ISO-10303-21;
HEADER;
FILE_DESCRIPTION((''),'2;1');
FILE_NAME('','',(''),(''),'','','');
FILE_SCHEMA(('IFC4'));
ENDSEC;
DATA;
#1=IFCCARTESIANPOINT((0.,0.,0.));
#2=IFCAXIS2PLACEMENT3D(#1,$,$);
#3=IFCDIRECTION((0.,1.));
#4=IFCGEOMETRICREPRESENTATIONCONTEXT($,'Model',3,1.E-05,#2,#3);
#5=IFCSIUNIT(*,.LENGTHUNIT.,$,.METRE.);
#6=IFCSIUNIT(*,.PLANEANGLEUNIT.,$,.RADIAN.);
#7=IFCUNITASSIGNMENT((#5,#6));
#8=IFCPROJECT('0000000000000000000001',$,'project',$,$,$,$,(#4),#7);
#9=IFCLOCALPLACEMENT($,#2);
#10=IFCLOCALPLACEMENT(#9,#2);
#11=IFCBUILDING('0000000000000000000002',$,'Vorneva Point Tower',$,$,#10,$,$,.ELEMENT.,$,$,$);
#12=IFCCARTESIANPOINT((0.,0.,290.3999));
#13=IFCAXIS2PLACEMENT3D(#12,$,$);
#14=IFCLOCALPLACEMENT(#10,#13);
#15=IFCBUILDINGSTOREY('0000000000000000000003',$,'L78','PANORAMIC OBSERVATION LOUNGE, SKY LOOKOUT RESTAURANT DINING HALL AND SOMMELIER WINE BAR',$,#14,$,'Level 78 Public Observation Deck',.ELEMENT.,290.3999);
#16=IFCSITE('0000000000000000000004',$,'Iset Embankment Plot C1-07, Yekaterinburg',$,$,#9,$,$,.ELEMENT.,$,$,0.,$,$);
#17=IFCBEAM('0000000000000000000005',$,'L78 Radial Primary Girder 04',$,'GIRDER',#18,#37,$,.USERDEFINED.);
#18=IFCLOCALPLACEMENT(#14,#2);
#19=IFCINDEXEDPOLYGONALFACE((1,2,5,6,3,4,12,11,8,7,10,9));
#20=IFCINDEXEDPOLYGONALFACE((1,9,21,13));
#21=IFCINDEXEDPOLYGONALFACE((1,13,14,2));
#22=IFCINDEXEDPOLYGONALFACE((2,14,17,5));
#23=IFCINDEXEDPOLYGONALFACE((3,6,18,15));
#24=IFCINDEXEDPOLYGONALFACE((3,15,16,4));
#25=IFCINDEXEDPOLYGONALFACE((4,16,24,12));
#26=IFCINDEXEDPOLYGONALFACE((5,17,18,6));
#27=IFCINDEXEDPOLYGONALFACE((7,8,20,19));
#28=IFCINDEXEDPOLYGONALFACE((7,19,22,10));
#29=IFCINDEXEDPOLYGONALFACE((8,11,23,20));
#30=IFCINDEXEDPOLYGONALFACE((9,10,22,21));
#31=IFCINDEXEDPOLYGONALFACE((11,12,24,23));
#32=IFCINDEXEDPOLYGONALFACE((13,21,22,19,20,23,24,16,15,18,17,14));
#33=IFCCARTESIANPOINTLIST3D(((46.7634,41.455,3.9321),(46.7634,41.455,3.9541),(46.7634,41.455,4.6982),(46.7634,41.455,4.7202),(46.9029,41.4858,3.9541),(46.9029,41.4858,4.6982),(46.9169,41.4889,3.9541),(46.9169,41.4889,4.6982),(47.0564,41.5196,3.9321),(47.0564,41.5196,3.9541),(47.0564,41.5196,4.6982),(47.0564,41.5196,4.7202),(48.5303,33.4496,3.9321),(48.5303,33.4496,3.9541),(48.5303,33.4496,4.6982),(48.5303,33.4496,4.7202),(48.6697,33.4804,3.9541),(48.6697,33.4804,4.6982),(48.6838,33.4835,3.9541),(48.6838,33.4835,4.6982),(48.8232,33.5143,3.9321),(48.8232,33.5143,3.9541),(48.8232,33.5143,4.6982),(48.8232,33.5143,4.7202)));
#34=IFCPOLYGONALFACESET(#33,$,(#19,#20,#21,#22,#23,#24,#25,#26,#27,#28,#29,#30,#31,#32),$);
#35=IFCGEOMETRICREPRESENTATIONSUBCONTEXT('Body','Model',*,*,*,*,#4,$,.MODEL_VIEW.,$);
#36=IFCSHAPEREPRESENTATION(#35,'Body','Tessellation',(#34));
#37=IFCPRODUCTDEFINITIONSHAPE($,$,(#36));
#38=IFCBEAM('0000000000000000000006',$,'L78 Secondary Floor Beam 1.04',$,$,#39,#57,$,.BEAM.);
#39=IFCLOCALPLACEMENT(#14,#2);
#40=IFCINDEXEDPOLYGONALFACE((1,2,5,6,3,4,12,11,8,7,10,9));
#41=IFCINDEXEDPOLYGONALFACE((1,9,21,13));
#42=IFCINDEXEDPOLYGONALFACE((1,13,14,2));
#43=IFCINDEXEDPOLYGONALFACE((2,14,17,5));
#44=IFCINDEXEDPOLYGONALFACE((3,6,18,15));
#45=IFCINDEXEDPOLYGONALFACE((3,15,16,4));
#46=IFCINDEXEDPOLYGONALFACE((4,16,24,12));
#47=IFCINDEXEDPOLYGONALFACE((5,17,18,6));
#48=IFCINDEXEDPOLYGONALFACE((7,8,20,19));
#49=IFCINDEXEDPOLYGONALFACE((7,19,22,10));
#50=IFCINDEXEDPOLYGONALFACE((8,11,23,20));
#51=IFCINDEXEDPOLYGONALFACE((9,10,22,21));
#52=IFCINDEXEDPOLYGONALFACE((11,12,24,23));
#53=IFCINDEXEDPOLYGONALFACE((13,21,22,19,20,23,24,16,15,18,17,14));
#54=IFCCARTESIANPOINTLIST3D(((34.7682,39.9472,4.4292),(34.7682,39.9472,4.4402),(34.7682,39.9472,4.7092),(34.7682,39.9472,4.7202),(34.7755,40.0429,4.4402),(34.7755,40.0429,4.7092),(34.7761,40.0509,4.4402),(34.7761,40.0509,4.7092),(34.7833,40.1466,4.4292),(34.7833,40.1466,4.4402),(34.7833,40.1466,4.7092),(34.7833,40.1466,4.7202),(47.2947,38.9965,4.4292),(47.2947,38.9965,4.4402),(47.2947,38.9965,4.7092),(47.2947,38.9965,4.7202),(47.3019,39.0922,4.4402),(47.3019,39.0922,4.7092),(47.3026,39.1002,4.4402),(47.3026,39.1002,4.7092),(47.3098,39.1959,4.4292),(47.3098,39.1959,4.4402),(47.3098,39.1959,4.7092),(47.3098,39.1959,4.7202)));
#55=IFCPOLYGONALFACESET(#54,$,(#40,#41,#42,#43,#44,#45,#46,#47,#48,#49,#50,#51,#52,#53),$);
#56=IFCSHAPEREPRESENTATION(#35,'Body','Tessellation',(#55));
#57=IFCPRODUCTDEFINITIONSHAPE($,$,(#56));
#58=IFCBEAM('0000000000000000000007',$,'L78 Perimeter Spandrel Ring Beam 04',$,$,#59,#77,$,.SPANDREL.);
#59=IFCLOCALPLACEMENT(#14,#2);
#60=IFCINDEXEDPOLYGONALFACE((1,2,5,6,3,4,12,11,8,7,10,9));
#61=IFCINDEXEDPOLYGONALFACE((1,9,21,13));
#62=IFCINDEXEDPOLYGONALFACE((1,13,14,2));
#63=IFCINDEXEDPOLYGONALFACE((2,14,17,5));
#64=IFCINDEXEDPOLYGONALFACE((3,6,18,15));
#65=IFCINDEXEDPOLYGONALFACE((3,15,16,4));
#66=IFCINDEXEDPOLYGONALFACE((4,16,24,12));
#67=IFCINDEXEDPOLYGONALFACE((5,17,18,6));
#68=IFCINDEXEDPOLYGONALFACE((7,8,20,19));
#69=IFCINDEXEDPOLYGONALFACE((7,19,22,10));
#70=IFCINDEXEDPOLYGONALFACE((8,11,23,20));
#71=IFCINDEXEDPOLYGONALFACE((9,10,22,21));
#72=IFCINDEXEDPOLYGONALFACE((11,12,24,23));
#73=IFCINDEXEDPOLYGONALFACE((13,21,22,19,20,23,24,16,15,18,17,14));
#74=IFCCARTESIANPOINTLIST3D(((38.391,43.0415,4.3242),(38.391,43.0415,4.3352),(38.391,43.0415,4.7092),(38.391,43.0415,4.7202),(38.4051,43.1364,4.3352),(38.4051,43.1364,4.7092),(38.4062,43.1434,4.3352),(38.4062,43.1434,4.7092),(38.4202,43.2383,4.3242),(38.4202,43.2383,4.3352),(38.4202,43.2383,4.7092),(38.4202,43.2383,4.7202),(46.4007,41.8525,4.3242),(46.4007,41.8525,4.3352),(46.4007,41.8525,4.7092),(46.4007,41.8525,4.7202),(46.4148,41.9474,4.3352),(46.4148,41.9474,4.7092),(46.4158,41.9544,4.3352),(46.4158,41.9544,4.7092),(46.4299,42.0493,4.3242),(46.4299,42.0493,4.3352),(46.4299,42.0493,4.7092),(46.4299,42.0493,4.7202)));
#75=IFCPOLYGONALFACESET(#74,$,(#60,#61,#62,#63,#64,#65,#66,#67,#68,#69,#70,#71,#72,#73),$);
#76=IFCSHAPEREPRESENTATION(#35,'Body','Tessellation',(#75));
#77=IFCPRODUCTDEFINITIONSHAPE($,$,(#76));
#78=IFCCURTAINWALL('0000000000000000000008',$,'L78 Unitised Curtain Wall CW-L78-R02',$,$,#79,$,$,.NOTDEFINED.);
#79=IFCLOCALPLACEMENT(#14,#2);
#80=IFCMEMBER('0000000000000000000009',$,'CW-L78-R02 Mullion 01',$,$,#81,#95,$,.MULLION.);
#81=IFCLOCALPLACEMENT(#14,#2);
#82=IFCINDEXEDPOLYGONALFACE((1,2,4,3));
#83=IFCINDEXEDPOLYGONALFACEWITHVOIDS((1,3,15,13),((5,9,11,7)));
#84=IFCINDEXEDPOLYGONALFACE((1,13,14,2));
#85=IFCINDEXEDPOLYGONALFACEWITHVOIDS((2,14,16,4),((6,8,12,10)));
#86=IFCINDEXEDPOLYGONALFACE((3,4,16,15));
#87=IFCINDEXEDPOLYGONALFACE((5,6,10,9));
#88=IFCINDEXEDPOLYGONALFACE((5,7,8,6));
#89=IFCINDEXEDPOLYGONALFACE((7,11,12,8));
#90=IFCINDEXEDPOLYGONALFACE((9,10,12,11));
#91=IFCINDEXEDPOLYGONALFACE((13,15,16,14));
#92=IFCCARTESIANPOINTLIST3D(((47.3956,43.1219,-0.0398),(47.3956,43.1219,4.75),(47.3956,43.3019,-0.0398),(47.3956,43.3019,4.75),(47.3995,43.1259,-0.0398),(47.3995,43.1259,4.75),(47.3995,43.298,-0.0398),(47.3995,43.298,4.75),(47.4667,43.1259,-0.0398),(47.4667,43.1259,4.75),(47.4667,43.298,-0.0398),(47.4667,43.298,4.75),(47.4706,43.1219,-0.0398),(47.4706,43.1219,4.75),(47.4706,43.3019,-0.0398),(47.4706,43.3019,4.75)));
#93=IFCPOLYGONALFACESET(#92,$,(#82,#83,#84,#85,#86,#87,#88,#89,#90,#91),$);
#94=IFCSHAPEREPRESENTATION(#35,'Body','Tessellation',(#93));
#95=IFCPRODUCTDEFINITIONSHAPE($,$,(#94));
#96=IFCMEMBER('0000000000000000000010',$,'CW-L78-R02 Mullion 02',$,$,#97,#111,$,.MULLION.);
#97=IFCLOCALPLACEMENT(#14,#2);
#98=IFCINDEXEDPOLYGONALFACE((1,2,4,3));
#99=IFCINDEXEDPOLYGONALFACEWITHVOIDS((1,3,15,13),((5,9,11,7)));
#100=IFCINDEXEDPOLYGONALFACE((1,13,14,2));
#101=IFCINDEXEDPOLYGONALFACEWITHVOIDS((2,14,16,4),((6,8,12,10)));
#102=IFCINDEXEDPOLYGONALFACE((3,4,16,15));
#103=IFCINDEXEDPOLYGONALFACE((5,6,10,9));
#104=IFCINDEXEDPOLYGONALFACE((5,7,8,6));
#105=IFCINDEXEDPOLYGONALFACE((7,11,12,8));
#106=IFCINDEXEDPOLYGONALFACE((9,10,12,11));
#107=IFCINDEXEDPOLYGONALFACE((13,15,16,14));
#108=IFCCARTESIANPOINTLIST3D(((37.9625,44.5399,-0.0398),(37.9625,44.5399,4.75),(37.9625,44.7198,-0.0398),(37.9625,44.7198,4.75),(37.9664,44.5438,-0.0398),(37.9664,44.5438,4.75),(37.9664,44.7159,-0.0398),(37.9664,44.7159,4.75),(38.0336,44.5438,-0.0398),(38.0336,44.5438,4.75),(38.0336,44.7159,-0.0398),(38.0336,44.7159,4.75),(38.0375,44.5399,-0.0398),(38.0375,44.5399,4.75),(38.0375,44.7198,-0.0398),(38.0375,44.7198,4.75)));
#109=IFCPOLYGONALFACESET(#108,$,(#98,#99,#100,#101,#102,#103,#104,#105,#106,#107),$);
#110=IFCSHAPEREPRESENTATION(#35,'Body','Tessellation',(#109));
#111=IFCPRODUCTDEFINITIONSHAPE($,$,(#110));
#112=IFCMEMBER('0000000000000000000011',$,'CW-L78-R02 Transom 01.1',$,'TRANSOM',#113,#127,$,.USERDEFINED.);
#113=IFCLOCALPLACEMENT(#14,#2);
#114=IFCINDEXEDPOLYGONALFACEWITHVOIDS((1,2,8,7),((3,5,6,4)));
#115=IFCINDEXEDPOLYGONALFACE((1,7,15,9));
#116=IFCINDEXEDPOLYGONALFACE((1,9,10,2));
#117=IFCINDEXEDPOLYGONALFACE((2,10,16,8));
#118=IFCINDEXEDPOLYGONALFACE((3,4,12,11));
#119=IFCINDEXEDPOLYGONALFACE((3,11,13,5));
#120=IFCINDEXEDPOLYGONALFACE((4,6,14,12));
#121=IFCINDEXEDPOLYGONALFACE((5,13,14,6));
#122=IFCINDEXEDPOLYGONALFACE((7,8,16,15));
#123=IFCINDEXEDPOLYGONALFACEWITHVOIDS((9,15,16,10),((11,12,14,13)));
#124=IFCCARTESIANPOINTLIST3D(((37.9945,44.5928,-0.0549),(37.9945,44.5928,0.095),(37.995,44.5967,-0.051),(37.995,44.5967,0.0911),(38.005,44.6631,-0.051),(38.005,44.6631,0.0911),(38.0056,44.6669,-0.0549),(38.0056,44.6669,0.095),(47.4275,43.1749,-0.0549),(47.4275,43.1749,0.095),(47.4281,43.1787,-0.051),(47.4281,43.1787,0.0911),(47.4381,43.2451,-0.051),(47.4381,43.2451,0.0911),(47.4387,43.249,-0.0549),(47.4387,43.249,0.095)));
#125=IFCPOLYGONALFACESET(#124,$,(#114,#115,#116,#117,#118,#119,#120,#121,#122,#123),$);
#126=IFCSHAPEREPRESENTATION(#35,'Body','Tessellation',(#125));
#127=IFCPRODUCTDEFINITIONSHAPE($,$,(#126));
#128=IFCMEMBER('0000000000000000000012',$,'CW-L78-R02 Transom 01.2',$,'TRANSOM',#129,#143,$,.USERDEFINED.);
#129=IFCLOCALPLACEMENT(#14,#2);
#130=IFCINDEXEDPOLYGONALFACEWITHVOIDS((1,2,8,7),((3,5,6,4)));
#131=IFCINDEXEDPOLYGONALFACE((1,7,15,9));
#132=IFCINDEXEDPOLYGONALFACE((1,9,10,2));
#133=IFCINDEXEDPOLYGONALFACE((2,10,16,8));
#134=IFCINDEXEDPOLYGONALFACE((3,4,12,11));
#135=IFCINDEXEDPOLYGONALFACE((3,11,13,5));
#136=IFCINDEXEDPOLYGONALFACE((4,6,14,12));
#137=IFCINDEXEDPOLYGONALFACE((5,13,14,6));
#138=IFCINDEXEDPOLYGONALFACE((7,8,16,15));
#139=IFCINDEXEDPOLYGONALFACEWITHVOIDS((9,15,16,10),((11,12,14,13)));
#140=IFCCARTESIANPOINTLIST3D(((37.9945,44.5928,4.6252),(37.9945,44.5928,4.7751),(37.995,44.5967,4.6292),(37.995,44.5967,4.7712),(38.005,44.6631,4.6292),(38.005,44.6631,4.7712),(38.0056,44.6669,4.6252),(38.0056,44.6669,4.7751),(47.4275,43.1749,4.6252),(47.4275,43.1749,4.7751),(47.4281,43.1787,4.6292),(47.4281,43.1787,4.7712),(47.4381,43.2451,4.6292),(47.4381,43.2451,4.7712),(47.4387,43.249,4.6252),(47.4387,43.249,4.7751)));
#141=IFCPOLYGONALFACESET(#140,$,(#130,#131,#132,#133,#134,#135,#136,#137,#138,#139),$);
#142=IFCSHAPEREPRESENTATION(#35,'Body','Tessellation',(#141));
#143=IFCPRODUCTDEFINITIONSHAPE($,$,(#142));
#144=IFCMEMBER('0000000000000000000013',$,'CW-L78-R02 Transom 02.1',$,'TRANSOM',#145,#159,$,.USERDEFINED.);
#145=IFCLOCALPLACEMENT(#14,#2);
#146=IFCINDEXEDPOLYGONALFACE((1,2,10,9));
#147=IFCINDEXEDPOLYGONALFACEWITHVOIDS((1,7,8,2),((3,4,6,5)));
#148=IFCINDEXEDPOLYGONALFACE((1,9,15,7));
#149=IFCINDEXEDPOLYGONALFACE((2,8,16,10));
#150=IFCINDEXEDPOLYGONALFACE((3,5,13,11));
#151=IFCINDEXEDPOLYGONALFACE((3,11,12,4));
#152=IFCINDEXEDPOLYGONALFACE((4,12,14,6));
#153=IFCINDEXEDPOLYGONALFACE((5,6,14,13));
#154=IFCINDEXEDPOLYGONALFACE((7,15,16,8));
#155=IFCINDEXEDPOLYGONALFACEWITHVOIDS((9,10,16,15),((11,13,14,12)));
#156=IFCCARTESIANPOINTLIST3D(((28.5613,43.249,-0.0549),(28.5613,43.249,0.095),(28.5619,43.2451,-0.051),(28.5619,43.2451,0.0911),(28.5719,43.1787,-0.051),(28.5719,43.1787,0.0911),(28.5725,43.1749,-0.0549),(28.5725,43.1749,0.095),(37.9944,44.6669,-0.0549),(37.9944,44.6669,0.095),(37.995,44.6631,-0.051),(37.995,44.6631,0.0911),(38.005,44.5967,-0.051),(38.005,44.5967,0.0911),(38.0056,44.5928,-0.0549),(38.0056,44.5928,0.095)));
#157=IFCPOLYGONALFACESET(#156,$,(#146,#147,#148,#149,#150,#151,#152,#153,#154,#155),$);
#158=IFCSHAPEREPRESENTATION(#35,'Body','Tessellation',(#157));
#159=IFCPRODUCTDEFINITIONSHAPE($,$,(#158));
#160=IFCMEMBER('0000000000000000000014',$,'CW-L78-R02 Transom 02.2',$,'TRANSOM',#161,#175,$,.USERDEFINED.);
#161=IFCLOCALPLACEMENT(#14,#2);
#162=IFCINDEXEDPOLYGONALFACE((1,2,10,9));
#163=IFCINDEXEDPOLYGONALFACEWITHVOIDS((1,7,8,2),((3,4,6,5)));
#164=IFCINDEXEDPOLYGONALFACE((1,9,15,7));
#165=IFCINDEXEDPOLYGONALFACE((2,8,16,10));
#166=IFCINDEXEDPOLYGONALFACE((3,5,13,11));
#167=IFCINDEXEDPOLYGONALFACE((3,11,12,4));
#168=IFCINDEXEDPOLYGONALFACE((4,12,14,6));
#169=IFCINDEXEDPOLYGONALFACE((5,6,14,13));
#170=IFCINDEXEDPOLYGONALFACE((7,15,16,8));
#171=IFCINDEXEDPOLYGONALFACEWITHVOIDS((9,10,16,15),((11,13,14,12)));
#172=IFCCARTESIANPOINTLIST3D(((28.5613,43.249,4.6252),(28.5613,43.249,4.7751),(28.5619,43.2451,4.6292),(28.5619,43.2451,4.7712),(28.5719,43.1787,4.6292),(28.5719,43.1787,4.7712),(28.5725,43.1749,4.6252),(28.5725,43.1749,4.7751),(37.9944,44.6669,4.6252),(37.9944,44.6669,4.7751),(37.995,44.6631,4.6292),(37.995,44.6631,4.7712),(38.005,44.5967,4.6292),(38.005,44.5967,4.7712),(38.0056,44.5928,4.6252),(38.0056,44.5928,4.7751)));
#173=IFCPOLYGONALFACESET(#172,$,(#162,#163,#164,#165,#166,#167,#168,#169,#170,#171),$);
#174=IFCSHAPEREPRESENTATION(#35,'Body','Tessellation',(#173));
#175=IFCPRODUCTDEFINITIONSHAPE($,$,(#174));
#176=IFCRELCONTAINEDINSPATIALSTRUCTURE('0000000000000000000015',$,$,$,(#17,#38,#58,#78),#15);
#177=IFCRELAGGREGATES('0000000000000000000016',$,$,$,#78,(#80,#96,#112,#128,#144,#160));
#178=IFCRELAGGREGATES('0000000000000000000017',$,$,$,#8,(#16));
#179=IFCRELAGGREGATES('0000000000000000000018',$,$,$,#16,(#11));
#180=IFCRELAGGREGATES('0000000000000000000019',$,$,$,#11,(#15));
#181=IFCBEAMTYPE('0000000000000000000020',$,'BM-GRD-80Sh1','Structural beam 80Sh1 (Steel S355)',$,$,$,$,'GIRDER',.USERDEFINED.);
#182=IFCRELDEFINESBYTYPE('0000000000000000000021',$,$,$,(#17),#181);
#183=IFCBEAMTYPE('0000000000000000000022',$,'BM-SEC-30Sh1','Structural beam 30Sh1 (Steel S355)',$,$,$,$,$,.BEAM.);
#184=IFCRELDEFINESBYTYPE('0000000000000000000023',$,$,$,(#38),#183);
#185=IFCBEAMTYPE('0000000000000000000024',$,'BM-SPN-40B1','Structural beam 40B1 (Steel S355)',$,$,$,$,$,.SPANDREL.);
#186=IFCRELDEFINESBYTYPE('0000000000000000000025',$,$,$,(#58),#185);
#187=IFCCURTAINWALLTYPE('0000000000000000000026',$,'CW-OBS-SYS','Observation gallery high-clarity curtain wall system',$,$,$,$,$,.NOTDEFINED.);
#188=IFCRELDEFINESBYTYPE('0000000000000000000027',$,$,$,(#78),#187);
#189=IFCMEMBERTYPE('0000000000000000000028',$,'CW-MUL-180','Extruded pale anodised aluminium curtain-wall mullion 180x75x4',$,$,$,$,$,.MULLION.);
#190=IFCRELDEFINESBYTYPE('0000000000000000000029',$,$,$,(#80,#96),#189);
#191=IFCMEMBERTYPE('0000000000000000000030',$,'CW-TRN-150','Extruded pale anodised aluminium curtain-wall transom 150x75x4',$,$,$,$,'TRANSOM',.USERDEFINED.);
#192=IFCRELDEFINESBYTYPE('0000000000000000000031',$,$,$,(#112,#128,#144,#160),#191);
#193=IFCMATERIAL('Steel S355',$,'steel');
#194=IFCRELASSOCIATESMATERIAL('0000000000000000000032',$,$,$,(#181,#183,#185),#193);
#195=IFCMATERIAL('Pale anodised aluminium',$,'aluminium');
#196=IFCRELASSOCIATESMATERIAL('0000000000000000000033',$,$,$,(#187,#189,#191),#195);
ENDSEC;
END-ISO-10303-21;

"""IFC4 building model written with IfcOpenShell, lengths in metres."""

from ifc_helpers import new_model, si_unit, direction, frame, origin, origin_2d, place, context, subcontext, project, spatial, hollow_rectangle, i_section, extrude, material, material_profile, profile_set, type_object, element, aggregate, save


model = new_model("IFC4")

# Units and contexts
model_context = context("Model", 3, precision=1e-05, world=origin(), true_north=direction((0.0, 1.0)))
body_context = subcontext(model_context, "Body", "Model", "MODEL_VIEW")
ifc_project = project(units=[si_unit("LENGTHUNIT", "METRE"), si_unit("PLANEANGLEUNIT", "RADIAN")], contexts=[model_context])

# Site, building, storey
site_placement = place(None, origin())
site = spatial("IfcSite", under=ifc_project, at=site_placement, Name="Iset Embankment Plot C1-07, Yekaterinburg", CompositionType="ELEMENT", RefElevation=0.0)
building_placement = place(site_placement, origin())
building = spatial("IfcBuilding", under=site, at=building_placement, Name="Vorneva Point Tower", CompositionType="ELEMENT")
storey_placement = place(building_placement, frame((0.0, 0.0, 290.3999)))
storey = spatial("IfcBuildingStorey", under=building, at=storey_placement, Name="L78", Description="PANORAMIC OBSERVATION LOUNGE, SKY LOOKOUT RESTAURANT DINING HALL AND SOMMELIER WINE BAR", LongName="Level 78 Public Observation Deck", CompositionType="ELEMENT", Elevation=290.3999)

# Beams
ifc_material_1 = material(Name="Steel S355", Category="steel")
ifc_material_profile_1 = material_profile(ifc_material_1, i_section(OverallWidth=0.3, OverallDepth=0.7881, WebThickness=0.0144, FlangeThickness=0.022, at=origin_2d()), Name="80Sh1")
ifc_profile_set_1 = profile_set([ifc_material_profile_1], Name="Steel S355")
beam_type_1 = type_object("IfcBeamType", Name="BM-GRD-80Sh1", Description="Structural beam 80Sh1 (Steel S355)", ElementType="GIRDER", PredefinedType="USERDEFINED", material=ifc_profile_set_1)
beam_1_placement = place(storey_placement, frame((46.9099, 41.4873, 4.3262), z_axis=(0.215521, -0.976499, 0.0), x_axis=(0.976499, 0.215521, 0.0)))
element("IfcBeam", 1, at=beam_1_placement, inside=storey, type_object=beam_type_1, Name="L78 Radial Primary Girder 04", ObjectType="GIRDER", PredefinedType="USERDEFINED", context=body_context, shape_type="SweptSolid", body=[
    extrude(i_section(OverallWidth=0.3, OverallDepth=0.7881, WebThickness=0.0144, FlangeThickness=0.022, at=origin_2d()), origin(), (0.0, 0.0, 1.0), 8.198),
])
ifc_material_profile_2 = material_profile(ifc_material_1, i_section(OverallWidth=0.2, OverallDepth=0.291, WebThickness=0.0081, FlangeThickness=0.011, at=origin_2d()), Name="30Sh1")
ifc_profile_set_2 = profile_set([ifc_material_profile_2], Name="Steel S355")
beam_type_2 = type_object("IfcBeamType", Name="BM-SEC-30Sh1", Description="Structural beam 30Sh1 (Steel S355)", PredefinedType="BEAM", material=ifc_profile_set_2)
beam_2_placement = place(storey_placement, frame((47.3022, 39.0962, 4.5747), z_axis=(-0.997132, 0.075677, 0.0), x_axis=(-0.075677, -0.997132, 0.0)))
element("IfcBeam", 2, at=beam_2_placement, inside=storey, type_object=beam_type_2, Name="L78 Secondary Floor Beam 1.04", PredefinedType="BEAM", context=body_context, shape_type="SweptSolid", body=[
    extrude(i_section(OverallWidth=0.2, OverallDepth=0.291, WebThickness=0.0081, FlangeThickness=0.011, at=origin_2d()), origin(), (0.0, 0.0, 1.0), 12.5625),
])
ifc_material_profile_3 = material_profile(ifc_material_1, i_section(OverallWidth=0.199, OverallDepth=0.396, WebThickness=0.0071, FlangeThickness=0.011, at=origin_2d()), Name="40B1")
ifc_profile_set_3 = profile_set([ifc_material_profile_3], Name="Steel S355")
beam_type_3 = type_object("IfcBeamType", Name="BM-SPN-40B1", Description="Structural beam 40B1 (Steel S355)", PredefinedType="SPANDREL", material=ifc_profile_set_3)
beam_3_placement = place(storey_placement, frame((46.4153, 41.9509, 4.5222), z_axis=(-0.989162, 0.146831, 0.0), x_axis=(-0.146831, -0.989162, 0.0)))
element("IfcBeam", 3, at=beam_3_placement, inside=storey, type_object=beam_type_3, Name="L78 Perimeter Spandrel Ring Beam 04", PredefinedType="SPANDREL", context=body_context, shape_type="SweptSolid", body=[
    extrude(i_section(OverallWidth=0.199, OverallDepth=0.396, WebThickness=0.0071, FlangeThickness=0.011, at=origin_2d()), origin(), (0.0, 0.0, 1.0), 8.0974),
])

# Curtain wall, members
ifc_material_2 = material(Name="Pale anodised aluminium", Category="aluminium")
curtain_wall_type = type_object("IfcCurtainWallType", Name="CW-OBS-SYS", Description="Observation gallery high-clarity curtain wall system", PredefinedType="NOTDEFINED", material=ifc_material_2)
curtain_wall_placement = place(storey_placement, origin())
curtain_wall = element("IfcCurtainWall", 4, at=curtain_wall_placement, inside=storey, type_object=curtain_wall_type, Name="L78 Unitised Curtain Wall CW-L78-R02", PredefinedType="NOTDEFINED")
ifc_material_profile_4 = material_profile(ifc_material_2, hollow_rectangle(XDim=0.075, YDim=0.1799, WallThickness=0.0039, at=origin_2d()), Name="AL-MUL 180x75x4")
ifc_profile_set_4 = profile_set([ifc_material_profile_4], Name="Pale anodised aluminium")
member_type_1 = type_object("IfcMemberType", Name="CW-MUL-180", Description="Extruded pale anodised aluminium curtain-wall mullion 180x75x4", PredefinedType="MULLION", material=ifc_profile_set_4)
member_1_placement = place(storey_placement, frame((47.4331, 43.2119, -0.0398), z_axis=(0.0, 0.0, 1.0), x_axis=(1.0, 0.0, 0.0)))
member_1 = element("IfcMember", 5, at=member_1_placement, type_object=member_type_1, Name="CW-L78-R02 Mullion 01", PredefinedType="MULLION", context=body_context, shape_type="SweptSolid", body=[
    extrude(hollow_rectangle(XDim=0.075, YDim=0.1799, WallThickness=0.0039, at=origin_2d()), origin(), (0.0, 0.0, 1.0), 4.7898),
])
member_2_placement = place(storey_placement, frame((38.0, 44.6299, -0.0398), z_axis=(0.0, 0.0, 1.0), x_axis=(1.0, 0.0, 0.0)))
member_2 = element("IfcMember", 6, at=member_2_placement, type_object=member_type_1, Name="CW-L78-R02 Mullion 02", PredefinedType="MULLION", context=body_context, shape_type="SweptSolid", body=[
    extrude(hollow_rectangle(XDim=0.075, YDim=0.1799, WallThickness=0.0039, at=origin_2d()), origin(), (0.0, 0.0, 1.0), 4.7898),
])
ifc_material_profile_5 = material_profile(ifc_material_2, hollow_rectangle(XDim=0.075, YDim=0.1499, WallThickness=0.0039, at=origin_2d()), Name="AL-TRN 150x75x4")
ifc_profile_set_5 = profile_set([ifc_material_profile_5], Name="Pale anodised aluminium")
member_type_2 = type_object("IfcMemberType", Name="CW-TRN-150", Description="Extruded pale anodised aluminium curtain-wall transom 150x75x4", ElementType="TRANSOM", PredefinedType="USERDEFINED", material=ifc_profile_set_5)
member_3_placement = place(storey_placement, frame((47.4331, 43.2119, 0.02), z_axis=(-0.98889, 0.148648, 0.0), x_axis=(-0.148648, -0.98889, 0.0)))
member_3 = element("IfcMember", 7, at=member_3_placement, type_object=member_type_2, Name="CW-L78-R02 Transom 01.1", ObjectType="TRANSOM", PredefinedType="USERDEFINED", context=body_context, shape_type="SweptSolid", body=[
    extrude(hollow_rectangle(XDim=0.075, YDim=0.1499, WallThickness=0.0039, at=origin_2d()), origin(), (0.0, 0.0, 1.0), 9.5391),
])
member_4_placement = place(storey_placement, frame((47.4331, 43.2119, 4.7002), z_axis=(-0.98889, 0.148648, 0.0), x_axis=(-0.148648, -0.98889, 0.0)))
member_4 = element("IfcMember", 8, at=member_4_placement, type_object=member_type_2, Name="CW-L78-R02 Transom 01.2", ObjectType="TRANSOM", PredefinedType="USERDEFINED", context=body_context, shape_type="SweptSolid", body=[
    extrude(hollow_rectangle(XDim=0.075, YDim=0.1499, WallThickness=0.0039, at=origin_2d()), origin(), (0.0, 0.0, 1.0), 9.5391),
])
member_5_placement = place(storey_placement, frame((38.0, 44.6299, 0.02), z_axis=(-0.98889, -0.148648, 0.0), x_axis=(0.148648, -0.98889, 0.0)))
member_5 = element("IfcMember", 9, at=member_5_placement, type_object=member_type_2, Name="CW-L78-R02 Transom 02.1", ObjectType="TRANSOM", PredefinedType="USERDEFINED", context=body_context, shape_type="SweptSolid", body=[
    extrude(hollow_rectangle(XDim=0.075, YDim=0.1499, WallThickness=0.0039, at=origin_2d()), origin(), (0.0, 0.0, 1.0), 9.5391),
])
member_6_placement = place(storey_placement, frame((38.0, 44.6299, 4.7002), z_axis=(-0.98889, -0.148648, 0.0), x_axis=(0.148648, -0.98889, 0.0)))
member_6 = element("IfcMember", 10, at=member_6_placement, type_object=member_type_2, Name="CW-L78-R02 Transom 02.2", ObjectType="TRANSOM", PredefinedType="USERDEFINED", context=body_context, shape_type="SweptSolid", body=[
    extrude(hollow_rectangle(XDim=0.075, YDim=0.1499, WallThickness=0.0039, at=origin_2d()), origin(), (0.0, 0.0, 1.0), 9.5391),
])
aggregate(curtain_wall, [member_1, member_2, member_3, member_4, member_5, member_6])

save(model, "model.ifc")
